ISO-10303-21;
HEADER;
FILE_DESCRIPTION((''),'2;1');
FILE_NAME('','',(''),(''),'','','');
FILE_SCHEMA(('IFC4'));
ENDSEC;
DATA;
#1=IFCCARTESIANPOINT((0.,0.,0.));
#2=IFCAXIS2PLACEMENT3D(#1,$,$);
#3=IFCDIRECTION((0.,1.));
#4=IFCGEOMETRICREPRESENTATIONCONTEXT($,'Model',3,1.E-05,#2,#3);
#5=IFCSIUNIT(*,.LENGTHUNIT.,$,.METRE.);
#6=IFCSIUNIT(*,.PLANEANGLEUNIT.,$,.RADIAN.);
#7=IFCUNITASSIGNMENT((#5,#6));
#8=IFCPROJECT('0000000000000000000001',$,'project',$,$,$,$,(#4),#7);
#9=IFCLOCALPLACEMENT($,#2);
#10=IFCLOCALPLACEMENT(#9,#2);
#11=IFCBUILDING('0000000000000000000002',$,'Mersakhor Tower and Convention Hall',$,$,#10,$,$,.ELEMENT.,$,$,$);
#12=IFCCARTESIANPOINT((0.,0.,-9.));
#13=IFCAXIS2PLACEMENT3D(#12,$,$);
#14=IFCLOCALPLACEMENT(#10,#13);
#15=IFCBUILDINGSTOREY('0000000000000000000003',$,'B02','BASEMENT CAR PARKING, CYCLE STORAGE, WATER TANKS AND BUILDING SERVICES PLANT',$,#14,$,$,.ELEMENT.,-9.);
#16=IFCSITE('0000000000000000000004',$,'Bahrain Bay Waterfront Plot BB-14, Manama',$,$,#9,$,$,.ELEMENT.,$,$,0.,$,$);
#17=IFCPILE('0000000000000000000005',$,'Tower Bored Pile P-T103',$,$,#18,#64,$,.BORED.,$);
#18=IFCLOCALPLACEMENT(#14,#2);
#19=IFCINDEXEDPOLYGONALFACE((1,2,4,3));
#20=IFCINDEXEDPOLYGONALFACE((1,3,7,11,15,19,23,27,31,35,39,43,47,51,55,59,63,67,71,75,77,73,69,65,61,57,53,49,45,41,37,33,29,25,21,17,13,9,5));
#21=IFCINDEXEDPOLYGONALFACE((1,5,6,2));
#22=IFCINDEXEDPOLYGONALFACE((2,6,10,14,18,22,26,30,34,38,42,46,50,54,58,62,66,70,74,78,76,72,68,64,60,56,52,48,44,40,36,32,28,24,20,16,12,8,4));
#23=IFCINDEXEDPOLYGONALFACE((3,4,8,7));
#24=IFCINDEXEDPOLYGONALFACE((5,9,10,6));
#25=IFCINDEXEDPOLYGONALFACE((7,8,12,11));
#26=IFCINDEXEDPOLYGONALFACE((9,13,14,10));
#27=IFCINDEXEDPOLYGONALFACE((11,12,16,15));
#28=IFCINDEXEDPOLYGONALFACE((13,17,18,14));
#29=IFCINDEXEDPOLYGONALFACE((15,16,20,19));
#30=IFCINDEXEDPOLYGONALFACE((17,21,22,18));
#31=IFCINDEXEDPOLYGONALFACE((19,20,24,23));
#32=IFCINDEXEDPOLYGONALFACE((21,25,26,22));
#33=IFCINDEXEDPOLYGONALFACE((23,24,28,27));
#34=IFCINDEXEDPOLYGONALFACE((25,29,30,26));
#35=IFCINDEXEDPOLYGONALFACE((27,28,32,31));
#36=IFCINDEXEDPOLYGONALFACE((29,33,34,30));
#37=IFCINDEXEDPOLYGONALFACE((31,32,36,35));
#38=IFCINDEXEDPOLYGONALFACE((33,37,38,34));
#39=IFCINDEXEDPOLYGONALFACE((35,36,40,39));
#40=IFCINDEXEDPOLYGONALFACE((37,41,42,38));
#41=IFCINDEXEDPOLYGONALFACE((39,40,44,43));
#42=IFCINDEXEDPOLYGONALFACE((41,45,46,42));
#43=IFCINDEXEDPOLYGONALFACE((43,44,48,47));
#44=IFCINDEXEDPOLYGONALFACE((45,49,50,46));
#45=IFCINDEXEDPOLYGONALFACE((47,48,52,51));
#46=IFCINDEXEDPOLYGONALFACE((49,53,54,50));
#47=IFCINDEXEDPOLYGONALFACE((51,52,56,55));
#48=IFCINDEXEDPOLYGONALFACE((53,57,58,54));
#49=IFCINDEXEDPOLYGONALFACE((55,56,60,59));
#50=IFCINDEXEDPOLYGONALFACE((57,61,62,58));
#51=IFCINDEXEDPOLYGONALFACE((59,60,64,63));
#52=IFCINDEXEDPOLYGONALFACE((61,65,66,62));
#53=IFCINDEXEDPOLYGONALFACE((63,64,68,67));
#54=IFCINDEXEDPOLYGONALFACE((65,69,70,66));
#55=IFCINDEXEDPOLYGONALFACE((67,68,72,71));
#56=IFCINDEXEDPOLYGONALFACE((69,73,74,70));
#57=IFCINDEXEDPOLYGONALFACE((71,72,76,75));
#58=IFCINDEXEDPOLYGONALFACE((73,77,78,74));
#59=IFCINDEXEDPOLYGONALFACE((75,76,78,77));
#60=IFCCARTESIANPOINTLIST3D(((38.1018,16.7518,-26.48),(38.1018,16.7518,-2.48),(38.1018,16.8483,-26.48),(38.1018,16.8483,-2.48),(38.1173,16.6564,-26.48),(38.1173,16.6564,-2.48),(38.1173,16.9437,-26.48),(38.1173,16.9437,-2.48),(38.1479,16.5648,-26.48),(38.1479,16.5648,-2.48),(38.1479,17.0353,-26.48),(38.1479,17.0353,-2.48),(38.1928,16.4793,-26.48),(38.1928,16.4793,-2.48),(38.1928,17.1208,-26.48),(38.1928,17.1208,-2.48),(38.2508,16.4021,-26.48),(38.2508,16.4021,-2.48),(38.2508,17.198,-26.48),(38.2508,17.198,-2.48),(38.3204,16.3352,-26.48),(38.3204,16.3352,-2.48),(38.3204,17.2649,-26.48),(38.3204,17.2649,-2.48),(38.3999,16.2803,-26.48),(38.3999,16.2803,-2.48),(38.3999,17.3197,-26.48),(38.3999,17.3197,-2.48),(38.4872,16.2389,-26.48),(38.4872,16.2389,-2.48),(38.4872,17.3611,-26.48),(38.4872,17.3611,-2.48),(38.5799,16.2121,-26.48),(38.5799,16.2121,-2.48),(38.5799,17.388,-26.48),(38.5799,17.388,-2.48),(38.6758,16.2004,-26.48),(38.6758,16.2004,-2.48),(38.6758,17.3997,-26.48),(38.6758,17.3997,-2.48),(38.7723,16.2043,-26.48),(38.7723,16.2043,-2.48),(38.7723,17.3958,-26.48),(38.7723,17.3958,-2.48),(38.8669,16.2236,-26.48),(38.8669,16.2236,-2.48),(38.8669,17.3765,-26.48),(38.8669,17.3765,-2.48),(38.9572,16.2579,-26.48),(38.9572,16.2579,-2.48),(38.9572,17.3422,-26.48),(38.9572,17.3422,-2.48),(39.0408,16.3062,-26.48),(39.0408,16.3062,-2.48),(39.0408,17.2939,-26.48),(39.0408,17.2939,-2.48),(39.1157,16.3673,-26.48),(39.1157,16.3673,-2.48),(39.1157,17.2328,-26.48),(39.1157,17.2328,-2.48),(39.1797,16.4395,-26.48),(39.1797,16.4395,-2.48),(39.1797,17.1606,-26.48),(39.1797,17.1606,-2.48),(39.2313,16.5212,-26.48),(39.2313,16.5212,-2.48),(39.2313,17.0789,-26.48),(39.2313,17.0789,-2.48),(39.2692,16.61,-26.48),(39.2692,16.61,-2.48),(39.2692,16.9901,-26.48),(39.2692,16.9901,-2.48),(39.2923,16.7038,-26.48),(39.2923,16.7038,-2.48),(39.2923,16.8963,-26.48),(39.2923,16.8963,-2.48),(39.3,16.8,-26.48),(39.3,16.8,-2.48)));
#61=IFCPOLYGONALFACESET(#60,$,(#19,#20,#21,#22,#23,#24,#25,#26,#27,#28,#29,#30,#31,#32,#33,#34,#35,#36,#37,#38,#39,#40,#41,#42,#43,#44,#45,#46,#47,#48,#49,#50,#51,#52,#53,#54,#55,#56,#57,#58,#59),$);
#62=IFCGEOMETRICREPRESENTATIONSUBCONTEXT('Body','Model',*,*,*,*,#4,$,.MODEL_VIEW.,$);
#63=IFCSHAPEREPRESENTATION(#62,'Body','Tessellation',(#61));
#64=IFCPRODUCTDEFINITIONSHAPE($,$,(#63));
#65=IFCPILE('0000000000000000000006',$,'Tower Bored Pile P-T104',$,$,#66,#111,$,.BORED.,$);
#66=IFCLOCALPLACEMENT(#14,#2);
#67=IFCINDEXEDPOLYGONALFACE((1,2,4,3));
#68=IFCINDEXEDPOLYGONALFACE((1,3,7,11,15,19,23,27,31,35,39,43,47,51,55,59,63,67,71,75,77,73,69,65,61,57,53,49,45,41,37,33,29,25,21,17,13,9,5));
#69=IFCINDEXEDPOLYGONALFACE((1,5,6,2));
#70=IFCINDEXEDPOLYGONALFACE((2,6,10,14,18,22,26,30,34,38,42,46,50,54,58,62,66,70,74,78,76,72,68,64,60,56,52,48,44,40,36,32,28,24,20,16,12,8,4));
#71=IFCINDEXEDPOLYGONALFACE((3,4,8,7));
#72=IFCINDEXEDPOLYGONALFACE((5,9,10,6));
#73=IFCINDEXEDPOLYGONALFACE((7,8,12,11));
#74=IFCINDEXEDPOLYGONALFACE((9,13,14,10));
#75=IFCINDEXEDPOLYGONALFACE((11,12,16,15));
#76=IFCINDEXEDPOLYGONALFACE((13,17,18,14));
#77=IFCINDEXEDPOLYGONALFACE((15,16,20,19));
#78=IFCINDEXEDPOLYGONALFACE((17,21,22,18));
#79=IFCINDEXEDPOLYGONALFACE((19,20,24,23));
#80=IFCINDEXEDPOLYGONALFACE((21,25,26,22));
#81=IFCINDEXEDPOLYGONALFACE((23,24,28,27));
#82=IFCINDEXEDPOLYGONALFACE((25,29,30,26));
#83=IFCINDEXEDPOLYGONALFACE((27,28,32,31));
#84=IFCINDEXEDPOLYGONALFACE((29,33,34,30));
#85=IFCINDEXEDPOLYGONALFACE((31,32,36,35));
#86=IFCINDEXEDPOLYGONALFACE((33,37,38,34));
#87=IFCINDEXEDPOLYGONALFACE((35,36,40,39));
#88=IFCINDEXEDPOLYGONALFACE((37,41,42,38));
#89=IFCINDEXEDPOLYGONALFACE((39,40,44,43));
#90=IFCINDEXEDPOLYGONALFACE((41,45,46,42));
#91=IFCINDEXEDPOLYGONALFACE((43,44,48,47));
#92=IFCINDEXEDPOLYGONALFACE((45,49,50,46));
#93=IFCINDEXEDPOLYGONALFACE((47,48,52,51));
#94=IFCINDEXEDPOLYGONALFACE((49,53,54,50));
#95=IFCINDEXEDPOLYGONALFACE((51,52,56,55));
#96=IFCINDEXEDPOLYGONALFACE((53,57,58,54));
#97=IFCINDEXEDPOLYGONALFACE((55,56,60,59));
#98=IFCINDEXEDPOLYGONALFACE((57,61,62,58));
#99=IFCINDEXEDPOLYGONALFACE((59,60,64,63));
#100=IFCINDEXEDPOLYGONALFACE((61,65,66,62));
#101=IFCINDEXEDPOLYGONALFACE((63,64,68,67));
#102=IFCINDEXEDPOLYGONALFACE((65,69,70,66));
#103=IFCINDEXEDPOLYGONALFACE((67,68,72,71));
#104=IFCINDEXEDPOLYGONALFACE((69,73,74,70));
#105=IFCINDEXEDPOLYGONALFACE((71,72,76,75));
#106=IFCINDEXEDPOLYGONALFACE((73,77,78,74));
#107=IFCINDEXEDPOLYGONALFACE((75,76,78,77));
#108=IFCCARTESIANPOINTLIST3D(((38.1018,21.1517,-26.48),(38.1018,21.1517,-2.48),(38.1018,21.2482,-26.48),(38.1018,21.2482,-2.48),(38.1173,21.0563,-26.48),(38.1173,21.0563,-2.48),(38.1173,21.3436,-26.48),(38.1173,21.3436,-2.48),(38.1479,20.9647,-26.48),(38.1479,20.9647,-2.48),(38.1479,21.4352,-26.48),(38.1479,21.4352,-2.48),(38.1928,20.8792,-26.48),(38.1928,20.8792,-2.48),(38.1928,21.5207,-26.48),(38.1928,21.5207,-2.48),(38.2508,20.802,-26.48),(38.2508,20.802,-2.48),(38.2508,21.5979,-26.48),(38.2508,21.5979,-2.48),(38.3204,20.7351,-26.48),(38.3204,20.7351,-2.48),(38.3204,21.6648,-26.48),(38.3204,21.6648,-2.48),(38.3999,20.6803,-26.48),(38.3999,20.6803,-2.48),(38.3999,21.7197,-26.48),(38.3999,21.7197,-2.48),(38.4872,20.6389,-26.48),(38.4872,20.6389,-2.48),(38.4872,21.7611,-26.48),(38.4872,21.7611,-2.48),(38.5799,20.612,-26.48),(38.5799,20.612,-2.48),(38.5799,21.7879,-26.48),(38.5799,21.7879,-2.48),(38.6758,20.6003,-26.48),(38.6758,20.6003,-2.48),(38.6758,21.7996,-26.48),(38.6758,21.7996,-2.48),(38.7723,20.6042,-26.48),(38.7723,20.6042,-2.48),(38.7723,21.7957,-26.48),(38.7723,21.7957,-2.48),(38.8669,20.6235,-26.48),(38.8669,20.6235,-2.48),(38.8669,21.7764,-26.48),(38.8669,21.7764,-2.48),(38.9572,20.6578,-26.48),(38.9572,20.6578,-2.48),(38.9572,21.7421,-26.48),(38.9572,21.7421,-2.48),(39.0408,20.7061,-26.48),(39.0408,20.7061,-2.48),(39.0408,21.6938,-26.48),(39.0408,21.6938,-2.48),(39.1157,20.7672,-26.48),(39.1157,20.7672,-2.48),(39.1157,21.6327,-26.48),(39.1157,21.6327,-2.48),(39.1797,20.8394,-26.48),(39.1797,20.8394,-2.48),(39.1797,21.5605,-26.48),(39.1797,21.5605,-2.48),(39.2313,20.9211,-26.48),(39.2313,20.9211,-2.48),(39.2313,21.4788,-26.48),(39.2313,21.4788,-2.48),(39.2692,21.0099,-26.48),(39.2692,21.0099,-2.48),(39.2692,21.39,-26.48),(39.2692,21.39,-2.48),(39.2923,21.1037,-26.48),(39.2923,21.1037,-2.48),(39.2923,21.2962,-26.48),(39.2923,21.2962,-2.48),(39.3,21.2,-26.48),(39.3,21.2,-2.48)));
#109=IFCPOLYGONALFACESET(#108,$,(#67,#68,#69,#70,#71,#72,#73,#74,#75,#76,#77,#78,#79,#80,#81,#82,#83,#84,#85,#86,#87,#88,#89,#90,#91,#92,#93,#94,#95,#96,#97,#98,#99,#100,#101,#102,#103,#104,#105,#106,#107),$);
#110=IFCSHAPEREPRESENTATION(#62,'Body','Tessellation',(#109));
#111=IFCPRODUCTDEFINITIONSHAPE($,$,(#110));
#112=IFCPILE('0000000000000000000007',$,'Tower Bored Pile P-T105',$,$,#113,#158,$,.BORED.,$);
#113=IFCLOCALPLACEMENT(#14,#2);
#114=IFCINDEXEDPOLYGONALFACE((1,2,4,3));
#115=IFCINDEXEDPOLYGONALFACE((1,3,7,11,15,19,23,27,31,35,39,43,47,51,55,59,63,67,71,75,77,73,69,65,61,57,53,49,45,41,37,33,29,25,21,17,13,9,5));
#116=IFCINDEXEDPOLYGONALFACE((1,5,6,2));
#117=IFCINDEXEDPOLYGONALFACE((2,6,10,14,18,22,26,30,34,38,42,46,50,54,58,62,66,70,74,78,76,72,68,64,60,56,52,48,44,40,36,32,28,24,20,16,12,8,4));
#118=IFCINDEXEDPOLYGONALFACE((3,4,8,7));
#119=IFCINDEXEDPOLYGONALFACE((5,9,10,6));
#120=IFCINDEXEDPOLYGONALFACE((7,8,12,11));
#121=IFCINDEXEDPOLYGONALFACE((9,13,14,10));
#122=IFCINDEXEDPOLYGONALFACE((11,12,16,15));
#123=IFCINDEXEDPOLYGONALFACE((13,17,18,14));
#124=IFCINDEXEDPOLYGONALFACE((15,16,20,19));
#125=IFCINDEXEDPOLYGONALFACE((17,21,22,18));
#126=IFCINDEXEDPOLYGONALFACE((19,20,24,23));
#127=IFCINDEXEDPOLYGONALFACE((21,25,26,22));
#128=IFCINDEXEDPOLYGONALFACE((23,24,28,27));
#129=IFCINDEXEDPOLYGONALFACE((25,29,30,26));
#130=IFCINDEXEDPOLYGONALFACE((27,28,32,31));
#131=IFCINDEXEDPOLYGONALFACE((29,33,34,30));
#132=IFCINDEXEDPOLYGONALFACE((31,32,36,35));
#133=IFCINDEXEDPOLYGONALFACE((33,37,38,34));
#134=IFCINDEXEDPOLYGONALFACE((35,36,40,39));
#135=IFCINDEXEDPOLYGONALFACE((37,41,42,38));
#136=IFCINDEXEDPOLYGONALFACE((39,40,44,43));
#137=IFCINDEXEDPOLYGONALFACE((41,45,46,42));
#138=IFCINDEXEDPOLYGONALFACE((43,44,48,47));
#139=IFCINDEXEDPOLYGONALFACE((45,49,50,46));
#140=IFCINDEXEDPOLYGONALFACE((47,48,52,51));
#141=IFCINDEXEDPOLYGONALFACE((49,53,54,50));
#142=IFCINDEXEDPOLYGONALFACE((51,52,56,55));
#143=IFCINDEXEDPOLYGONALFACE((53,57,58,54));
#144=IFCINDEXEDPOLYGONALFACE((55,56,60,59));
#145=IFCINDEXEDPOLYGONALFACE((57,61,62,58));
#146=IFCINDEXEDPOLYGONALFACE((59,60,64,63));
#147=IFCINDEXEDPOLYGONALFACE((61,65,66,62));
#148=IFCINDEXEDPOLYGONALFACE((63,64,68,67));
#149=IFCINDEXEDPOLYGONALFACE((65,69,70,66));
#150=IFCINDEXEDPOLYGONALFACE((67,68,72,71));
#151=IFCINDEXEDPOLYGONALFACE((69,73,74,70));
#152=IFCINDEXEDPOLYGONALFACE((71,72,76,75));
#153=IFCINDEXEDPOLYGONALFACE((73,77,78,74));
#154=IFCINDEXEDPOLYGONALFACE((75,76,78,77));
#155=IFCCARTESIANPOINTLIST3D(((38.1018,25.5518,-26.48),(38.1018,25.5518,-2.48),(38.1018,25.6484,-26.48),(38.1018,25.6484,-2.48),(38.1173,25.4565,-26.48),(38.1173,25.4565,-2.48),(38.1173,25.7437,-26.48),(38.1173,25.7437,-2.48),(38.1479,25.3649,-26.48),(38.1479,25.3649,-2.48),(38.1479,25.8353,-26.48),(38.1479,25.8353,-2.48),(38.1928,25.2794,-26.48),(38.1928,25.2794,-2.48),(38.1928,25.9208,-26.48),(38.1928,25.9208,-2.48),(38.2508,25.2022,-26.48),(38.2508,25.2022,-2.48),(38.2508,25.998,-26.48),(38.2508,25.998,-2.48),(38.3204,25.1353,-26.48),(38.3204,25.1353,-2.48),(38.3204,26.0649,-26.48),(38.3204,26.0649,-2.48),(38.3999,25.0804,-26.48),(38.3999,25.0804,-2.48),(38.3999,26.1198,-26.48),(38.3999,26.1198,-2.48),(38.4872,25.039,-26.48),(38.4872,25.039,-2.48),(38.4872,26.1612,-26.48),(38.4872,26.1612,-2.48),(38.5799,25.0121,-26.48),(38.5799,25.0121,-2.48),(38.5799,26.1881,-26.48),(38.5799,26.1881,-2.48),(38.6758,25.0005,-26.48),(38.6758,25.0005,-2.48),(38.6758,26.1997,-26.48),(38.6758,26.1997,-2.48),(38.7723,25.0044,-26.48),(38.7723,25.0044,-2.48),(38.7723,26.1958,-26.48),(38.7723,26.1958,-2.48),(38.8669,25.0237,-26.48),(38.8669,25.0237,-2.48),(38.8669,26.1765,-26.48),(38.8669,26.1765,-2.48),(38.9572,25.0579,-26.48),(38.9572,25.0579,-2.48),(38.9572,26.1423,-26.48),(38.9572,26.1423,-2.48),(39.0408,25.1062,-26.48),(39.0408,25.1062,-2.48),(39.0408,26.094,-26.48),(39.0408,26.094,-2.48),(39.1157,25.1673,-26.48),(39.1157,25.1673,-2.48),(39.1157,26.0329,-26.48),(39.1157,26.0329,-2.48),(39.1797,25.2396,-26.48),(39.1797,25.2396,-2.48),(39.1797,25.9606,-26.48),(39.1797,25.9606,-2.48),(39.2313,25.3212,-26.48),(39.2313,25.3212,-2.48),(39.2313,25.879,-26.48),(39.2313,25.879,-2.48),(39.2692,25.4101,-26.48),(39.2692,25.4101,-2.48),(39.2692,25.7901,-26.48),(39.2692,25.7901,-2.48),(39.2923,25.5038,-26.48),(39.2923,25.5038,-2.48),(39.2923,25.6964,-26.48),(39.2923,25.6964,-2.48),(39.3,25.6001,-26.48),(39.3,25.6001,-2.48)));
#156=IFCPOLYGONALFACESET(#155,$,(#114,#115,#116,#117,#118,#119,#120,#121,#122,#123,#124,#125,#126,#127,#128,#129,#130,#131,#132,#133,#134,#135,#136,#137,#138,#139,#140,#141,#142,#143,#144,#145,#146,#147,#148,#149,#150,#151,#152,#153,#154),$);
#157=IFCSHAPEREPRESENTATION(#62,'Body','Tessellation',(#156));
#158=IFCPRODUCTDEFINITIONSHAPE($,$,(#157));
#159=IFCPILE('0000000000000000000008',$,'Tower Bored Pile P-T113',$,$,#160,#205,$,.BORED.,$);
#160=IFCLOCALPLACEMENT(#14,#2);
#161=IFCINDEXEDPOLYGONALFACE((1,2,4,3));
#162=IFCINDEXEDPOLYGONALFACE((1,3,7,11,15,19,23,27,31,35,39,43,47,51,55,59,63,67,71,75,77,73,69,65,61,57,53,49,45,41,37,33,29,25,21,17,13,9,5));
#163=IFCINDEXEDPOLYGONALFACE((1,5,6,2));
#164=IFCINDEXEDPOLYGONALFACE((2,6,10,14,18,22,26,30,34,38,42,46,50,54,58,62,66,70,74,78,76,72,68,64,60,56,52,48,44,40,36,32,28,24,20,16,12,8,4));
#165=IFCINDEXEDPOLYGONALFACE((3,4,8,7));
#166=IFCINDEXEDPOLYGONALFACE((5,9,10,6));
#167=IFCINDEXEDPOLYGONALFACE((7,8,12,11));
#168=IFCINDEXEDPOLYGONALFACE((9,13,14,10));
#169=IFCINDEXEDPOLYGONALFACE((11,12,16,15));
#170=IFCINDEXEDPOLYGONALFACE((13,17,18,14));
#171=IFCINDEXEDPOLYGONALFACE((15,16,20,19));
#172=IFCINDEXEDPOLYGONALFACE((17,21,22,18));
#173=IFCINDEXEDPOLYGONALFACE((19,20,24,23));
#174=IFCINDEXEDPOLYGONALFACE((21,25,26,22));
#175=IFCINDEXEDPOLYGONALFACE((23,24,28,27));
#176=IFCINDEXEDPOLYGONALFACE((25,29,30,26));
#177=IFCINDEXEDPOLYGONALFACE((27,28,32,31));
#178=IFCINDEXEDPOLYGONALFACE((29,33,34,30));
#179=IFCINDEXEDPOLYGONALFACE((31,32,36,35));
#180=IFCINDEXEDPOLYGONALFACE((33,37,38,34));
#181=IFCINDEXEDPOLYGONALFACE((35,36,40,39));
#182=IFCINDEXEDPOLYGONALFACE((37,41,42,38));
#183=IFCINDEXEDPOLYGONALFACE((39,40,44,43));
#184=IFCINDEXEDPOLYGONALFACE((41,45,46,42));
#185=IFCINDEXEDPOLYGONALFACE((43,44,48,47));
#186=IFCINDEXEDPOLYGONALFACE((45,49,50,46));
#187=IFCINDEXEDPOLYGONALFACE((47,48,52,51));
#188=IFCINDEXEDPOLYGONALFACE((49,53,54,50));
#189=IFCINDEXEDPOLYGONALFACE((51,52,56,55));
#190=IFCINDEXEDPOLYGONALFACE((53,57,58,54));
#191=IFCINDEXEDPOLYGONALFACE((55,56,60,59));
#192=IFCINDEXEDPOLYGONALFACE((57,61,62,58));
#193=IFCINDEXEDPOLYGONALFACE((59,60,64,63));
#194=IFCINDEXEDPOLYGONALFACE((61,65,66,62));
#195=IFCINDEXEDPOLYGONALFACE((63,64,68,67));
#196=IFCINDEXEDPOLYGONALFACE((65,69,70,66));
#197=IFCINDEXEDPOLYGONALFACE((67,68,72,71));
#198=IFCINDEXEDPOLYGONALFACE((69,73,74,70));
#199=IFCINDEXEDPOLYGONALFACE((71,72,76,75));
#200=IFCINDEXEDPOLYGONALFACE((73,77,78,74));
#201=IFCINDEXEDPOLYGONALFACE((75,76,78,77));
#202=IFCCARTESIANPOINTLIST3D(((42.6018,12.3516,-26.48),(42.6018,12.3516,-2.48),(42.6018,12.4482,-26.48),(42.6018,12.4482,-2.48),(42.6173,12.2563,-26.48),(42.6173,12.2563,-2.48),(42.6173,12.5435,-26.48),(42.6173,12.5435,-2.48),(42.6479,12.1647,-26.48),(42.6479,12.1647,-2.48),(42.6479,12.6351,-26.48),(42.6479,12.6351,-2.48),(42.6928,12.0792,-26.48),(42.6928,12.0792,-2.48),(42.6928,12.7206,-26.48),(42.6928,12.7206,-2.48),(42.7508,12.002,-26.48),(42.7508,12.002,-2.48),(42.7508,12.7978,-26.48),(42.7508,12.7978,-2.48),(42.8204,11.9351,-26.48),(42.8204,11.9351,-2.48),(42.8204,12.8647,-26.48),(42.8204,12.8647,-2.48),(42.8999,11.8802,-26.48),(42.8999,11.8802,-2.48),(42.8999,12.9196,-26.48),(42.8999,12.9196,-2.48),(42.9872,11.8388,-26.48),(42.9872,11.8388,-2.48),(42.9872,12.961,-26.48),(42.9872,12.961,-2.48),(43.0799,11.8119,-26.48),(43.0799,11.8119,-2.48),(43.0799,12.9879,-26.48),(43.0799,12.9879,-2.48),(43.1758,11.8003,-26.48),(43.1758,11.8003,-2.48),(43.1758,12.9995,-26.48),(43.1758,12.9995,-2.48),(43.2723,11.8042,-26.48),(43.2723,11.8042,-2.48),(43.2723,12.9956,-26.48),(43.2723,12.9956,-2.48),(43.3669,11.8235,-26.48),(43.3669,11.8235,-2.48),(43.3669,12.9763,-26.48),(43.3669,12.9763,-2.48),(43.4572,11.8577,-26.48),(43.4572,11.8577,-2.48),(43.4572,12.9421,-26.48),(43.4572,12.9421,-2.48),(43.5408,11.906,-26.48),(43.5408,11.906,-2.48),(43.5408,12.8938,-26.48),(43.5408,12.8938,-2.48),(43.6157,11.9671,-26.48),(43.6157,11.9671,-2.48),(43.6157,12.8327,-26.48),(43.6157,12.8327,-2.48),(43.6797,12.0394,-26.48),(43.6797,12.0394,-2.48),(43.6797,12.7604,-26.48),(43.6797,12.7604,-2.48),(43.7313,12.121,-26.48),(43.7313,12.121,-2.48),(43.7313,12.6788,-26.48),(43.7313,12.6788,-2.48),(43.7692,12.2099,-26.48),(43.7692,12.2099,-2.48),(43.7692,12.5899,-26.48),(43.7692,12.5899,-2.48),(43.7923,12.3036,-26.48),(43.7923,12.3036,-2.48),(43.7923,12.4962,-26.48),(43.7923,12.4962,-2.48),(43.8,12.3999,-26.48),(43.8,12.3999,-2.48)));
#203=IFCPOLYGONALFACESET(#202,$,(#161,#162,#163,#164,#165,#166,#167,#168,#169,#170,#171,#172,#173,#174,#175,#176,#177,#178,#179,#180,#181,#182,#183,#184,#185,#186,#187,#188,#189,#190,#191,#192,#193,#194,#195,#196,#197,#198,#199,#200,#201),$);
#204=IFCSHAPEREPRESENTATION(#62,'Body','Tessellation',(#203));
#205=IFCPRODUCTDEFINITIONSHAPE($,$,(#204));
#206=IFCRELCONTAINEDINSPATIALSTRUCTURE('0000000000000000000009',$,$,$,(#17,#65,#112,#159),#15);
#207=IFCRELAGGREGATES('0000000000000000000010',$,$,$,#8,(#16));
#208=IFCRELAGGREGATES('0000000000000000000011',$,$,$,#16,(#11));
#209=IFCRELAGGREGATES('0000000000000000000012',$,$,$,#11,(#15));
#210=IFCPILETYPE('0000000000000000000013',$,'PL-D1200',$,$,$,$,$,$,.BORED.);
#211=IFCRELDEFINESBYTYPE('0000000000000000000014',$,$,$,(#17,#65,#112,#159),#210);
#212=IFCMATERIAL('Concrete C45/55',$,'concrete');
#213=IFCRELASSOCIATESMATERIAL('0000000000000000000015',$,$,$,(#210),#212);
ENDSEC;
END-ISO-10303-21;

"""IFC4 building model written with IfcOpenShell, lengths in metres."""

from ifc_helpers import new_model, si_unit, direction, frame, origin, origin_2d, place, context, subcontext, project, spatial, circle, extrude, material, material_profile, profile_set, type_object, element, save


model = new_model("IFC4")

# Units and contexts
model_context = context("Model", 3, precision=1e-05, world=origin(), true_north=direction((0.0, 1.0)))
body_context = subcontext(model_context, "Body", "Model", "MODEL_VIEW")
ifc_project = project(units=[si_unit("LENGTHUNIT", "METRE"), si_unit("PLANEANGLEUNIT", "RADIAN")], contexts=[model_context])

# Site, building, storey
site_placement = place(None, origin())
site = spatial("IfcSite", under=ifc_project, at=site_placement, Name="Bahrain Bay Waterfront Plot BB-14, Manama", CompositionType="ELEMENT", RefElevation=0.0)
building_placement = place(site_placement, origin())
building = spatial("IfcBuilding", under=site, at=building_placement, Name="Mersakhor Tower and Convention Hall", CompositionType="ELEMENT")
storey_placement = place(building_placement, frame((0.0, 0.0, -9.0)))
storey = spatial("IfcBuildingStorey", under=building, at=storey_placement, Name="B02", Description="BASEMENT CAR PARKING, CYCLE STORAGE, WATER TANKS AND BUILDING SERVICES PLANT", CompositionType="ELEMENT", Elevation=-9.0)

# Piles
ifc_material_1 = material(Name="Concrete C45/55", Category="concrete")
ifc_material_profile_1 = material_profile(ifc_material_1, circle(Radius=0.6001, at=origin_2d()), Name="PILE D1200")
ifc_profile_set_1 = profile_set([ifc_material_profile_1], Name="Concrete C45/55")
pile_type_1 = type_object("IfcPileType", Name="PL-D1200", PredefinedType="BORED", material=ifc_profile_set_1)
for number, where, z_axis, x_axis, name in (
    (1, (38.7, 16.8, -2.48), (0.0, 0.0, -1.0), (1.0, 0.0, 0.0), "Tower Bored Pile P-T103"),
    (2, (38.7, 21.2, -2.48), (0.0, 0.0, -1.0), (1.0, 0.0, 0.0), "Tower Bored Pile P-T104"),
    (3, (38.7, 25.6001, -2.48), (0.0, 0.0, -1.0), (1.0, 0.0, 0.0), "Tower Bored Pile P-T105"),
    (4, (43.2, 12.3999, -2.48), (0.0, 0.0, -1.0), (1.0, 0.0, 0.0), "Tower Bored Pile P-T113"),
):
    element("IfcPile", number, at=place(storey_placement, frame(where, z_axis=z_axis, x_axis=x_axis)), inside=storey, type_object=pile_type_1, Name=name, PredefinedType="BORED", context=body_context, shape_type="SweptSolid", body=[
        extrude(circle(Radius=0.6001, at=origin_2d()), origin(), (0.0, 0.0, 1.0), 24.0),
    ])

save(model, "model.ifc")
